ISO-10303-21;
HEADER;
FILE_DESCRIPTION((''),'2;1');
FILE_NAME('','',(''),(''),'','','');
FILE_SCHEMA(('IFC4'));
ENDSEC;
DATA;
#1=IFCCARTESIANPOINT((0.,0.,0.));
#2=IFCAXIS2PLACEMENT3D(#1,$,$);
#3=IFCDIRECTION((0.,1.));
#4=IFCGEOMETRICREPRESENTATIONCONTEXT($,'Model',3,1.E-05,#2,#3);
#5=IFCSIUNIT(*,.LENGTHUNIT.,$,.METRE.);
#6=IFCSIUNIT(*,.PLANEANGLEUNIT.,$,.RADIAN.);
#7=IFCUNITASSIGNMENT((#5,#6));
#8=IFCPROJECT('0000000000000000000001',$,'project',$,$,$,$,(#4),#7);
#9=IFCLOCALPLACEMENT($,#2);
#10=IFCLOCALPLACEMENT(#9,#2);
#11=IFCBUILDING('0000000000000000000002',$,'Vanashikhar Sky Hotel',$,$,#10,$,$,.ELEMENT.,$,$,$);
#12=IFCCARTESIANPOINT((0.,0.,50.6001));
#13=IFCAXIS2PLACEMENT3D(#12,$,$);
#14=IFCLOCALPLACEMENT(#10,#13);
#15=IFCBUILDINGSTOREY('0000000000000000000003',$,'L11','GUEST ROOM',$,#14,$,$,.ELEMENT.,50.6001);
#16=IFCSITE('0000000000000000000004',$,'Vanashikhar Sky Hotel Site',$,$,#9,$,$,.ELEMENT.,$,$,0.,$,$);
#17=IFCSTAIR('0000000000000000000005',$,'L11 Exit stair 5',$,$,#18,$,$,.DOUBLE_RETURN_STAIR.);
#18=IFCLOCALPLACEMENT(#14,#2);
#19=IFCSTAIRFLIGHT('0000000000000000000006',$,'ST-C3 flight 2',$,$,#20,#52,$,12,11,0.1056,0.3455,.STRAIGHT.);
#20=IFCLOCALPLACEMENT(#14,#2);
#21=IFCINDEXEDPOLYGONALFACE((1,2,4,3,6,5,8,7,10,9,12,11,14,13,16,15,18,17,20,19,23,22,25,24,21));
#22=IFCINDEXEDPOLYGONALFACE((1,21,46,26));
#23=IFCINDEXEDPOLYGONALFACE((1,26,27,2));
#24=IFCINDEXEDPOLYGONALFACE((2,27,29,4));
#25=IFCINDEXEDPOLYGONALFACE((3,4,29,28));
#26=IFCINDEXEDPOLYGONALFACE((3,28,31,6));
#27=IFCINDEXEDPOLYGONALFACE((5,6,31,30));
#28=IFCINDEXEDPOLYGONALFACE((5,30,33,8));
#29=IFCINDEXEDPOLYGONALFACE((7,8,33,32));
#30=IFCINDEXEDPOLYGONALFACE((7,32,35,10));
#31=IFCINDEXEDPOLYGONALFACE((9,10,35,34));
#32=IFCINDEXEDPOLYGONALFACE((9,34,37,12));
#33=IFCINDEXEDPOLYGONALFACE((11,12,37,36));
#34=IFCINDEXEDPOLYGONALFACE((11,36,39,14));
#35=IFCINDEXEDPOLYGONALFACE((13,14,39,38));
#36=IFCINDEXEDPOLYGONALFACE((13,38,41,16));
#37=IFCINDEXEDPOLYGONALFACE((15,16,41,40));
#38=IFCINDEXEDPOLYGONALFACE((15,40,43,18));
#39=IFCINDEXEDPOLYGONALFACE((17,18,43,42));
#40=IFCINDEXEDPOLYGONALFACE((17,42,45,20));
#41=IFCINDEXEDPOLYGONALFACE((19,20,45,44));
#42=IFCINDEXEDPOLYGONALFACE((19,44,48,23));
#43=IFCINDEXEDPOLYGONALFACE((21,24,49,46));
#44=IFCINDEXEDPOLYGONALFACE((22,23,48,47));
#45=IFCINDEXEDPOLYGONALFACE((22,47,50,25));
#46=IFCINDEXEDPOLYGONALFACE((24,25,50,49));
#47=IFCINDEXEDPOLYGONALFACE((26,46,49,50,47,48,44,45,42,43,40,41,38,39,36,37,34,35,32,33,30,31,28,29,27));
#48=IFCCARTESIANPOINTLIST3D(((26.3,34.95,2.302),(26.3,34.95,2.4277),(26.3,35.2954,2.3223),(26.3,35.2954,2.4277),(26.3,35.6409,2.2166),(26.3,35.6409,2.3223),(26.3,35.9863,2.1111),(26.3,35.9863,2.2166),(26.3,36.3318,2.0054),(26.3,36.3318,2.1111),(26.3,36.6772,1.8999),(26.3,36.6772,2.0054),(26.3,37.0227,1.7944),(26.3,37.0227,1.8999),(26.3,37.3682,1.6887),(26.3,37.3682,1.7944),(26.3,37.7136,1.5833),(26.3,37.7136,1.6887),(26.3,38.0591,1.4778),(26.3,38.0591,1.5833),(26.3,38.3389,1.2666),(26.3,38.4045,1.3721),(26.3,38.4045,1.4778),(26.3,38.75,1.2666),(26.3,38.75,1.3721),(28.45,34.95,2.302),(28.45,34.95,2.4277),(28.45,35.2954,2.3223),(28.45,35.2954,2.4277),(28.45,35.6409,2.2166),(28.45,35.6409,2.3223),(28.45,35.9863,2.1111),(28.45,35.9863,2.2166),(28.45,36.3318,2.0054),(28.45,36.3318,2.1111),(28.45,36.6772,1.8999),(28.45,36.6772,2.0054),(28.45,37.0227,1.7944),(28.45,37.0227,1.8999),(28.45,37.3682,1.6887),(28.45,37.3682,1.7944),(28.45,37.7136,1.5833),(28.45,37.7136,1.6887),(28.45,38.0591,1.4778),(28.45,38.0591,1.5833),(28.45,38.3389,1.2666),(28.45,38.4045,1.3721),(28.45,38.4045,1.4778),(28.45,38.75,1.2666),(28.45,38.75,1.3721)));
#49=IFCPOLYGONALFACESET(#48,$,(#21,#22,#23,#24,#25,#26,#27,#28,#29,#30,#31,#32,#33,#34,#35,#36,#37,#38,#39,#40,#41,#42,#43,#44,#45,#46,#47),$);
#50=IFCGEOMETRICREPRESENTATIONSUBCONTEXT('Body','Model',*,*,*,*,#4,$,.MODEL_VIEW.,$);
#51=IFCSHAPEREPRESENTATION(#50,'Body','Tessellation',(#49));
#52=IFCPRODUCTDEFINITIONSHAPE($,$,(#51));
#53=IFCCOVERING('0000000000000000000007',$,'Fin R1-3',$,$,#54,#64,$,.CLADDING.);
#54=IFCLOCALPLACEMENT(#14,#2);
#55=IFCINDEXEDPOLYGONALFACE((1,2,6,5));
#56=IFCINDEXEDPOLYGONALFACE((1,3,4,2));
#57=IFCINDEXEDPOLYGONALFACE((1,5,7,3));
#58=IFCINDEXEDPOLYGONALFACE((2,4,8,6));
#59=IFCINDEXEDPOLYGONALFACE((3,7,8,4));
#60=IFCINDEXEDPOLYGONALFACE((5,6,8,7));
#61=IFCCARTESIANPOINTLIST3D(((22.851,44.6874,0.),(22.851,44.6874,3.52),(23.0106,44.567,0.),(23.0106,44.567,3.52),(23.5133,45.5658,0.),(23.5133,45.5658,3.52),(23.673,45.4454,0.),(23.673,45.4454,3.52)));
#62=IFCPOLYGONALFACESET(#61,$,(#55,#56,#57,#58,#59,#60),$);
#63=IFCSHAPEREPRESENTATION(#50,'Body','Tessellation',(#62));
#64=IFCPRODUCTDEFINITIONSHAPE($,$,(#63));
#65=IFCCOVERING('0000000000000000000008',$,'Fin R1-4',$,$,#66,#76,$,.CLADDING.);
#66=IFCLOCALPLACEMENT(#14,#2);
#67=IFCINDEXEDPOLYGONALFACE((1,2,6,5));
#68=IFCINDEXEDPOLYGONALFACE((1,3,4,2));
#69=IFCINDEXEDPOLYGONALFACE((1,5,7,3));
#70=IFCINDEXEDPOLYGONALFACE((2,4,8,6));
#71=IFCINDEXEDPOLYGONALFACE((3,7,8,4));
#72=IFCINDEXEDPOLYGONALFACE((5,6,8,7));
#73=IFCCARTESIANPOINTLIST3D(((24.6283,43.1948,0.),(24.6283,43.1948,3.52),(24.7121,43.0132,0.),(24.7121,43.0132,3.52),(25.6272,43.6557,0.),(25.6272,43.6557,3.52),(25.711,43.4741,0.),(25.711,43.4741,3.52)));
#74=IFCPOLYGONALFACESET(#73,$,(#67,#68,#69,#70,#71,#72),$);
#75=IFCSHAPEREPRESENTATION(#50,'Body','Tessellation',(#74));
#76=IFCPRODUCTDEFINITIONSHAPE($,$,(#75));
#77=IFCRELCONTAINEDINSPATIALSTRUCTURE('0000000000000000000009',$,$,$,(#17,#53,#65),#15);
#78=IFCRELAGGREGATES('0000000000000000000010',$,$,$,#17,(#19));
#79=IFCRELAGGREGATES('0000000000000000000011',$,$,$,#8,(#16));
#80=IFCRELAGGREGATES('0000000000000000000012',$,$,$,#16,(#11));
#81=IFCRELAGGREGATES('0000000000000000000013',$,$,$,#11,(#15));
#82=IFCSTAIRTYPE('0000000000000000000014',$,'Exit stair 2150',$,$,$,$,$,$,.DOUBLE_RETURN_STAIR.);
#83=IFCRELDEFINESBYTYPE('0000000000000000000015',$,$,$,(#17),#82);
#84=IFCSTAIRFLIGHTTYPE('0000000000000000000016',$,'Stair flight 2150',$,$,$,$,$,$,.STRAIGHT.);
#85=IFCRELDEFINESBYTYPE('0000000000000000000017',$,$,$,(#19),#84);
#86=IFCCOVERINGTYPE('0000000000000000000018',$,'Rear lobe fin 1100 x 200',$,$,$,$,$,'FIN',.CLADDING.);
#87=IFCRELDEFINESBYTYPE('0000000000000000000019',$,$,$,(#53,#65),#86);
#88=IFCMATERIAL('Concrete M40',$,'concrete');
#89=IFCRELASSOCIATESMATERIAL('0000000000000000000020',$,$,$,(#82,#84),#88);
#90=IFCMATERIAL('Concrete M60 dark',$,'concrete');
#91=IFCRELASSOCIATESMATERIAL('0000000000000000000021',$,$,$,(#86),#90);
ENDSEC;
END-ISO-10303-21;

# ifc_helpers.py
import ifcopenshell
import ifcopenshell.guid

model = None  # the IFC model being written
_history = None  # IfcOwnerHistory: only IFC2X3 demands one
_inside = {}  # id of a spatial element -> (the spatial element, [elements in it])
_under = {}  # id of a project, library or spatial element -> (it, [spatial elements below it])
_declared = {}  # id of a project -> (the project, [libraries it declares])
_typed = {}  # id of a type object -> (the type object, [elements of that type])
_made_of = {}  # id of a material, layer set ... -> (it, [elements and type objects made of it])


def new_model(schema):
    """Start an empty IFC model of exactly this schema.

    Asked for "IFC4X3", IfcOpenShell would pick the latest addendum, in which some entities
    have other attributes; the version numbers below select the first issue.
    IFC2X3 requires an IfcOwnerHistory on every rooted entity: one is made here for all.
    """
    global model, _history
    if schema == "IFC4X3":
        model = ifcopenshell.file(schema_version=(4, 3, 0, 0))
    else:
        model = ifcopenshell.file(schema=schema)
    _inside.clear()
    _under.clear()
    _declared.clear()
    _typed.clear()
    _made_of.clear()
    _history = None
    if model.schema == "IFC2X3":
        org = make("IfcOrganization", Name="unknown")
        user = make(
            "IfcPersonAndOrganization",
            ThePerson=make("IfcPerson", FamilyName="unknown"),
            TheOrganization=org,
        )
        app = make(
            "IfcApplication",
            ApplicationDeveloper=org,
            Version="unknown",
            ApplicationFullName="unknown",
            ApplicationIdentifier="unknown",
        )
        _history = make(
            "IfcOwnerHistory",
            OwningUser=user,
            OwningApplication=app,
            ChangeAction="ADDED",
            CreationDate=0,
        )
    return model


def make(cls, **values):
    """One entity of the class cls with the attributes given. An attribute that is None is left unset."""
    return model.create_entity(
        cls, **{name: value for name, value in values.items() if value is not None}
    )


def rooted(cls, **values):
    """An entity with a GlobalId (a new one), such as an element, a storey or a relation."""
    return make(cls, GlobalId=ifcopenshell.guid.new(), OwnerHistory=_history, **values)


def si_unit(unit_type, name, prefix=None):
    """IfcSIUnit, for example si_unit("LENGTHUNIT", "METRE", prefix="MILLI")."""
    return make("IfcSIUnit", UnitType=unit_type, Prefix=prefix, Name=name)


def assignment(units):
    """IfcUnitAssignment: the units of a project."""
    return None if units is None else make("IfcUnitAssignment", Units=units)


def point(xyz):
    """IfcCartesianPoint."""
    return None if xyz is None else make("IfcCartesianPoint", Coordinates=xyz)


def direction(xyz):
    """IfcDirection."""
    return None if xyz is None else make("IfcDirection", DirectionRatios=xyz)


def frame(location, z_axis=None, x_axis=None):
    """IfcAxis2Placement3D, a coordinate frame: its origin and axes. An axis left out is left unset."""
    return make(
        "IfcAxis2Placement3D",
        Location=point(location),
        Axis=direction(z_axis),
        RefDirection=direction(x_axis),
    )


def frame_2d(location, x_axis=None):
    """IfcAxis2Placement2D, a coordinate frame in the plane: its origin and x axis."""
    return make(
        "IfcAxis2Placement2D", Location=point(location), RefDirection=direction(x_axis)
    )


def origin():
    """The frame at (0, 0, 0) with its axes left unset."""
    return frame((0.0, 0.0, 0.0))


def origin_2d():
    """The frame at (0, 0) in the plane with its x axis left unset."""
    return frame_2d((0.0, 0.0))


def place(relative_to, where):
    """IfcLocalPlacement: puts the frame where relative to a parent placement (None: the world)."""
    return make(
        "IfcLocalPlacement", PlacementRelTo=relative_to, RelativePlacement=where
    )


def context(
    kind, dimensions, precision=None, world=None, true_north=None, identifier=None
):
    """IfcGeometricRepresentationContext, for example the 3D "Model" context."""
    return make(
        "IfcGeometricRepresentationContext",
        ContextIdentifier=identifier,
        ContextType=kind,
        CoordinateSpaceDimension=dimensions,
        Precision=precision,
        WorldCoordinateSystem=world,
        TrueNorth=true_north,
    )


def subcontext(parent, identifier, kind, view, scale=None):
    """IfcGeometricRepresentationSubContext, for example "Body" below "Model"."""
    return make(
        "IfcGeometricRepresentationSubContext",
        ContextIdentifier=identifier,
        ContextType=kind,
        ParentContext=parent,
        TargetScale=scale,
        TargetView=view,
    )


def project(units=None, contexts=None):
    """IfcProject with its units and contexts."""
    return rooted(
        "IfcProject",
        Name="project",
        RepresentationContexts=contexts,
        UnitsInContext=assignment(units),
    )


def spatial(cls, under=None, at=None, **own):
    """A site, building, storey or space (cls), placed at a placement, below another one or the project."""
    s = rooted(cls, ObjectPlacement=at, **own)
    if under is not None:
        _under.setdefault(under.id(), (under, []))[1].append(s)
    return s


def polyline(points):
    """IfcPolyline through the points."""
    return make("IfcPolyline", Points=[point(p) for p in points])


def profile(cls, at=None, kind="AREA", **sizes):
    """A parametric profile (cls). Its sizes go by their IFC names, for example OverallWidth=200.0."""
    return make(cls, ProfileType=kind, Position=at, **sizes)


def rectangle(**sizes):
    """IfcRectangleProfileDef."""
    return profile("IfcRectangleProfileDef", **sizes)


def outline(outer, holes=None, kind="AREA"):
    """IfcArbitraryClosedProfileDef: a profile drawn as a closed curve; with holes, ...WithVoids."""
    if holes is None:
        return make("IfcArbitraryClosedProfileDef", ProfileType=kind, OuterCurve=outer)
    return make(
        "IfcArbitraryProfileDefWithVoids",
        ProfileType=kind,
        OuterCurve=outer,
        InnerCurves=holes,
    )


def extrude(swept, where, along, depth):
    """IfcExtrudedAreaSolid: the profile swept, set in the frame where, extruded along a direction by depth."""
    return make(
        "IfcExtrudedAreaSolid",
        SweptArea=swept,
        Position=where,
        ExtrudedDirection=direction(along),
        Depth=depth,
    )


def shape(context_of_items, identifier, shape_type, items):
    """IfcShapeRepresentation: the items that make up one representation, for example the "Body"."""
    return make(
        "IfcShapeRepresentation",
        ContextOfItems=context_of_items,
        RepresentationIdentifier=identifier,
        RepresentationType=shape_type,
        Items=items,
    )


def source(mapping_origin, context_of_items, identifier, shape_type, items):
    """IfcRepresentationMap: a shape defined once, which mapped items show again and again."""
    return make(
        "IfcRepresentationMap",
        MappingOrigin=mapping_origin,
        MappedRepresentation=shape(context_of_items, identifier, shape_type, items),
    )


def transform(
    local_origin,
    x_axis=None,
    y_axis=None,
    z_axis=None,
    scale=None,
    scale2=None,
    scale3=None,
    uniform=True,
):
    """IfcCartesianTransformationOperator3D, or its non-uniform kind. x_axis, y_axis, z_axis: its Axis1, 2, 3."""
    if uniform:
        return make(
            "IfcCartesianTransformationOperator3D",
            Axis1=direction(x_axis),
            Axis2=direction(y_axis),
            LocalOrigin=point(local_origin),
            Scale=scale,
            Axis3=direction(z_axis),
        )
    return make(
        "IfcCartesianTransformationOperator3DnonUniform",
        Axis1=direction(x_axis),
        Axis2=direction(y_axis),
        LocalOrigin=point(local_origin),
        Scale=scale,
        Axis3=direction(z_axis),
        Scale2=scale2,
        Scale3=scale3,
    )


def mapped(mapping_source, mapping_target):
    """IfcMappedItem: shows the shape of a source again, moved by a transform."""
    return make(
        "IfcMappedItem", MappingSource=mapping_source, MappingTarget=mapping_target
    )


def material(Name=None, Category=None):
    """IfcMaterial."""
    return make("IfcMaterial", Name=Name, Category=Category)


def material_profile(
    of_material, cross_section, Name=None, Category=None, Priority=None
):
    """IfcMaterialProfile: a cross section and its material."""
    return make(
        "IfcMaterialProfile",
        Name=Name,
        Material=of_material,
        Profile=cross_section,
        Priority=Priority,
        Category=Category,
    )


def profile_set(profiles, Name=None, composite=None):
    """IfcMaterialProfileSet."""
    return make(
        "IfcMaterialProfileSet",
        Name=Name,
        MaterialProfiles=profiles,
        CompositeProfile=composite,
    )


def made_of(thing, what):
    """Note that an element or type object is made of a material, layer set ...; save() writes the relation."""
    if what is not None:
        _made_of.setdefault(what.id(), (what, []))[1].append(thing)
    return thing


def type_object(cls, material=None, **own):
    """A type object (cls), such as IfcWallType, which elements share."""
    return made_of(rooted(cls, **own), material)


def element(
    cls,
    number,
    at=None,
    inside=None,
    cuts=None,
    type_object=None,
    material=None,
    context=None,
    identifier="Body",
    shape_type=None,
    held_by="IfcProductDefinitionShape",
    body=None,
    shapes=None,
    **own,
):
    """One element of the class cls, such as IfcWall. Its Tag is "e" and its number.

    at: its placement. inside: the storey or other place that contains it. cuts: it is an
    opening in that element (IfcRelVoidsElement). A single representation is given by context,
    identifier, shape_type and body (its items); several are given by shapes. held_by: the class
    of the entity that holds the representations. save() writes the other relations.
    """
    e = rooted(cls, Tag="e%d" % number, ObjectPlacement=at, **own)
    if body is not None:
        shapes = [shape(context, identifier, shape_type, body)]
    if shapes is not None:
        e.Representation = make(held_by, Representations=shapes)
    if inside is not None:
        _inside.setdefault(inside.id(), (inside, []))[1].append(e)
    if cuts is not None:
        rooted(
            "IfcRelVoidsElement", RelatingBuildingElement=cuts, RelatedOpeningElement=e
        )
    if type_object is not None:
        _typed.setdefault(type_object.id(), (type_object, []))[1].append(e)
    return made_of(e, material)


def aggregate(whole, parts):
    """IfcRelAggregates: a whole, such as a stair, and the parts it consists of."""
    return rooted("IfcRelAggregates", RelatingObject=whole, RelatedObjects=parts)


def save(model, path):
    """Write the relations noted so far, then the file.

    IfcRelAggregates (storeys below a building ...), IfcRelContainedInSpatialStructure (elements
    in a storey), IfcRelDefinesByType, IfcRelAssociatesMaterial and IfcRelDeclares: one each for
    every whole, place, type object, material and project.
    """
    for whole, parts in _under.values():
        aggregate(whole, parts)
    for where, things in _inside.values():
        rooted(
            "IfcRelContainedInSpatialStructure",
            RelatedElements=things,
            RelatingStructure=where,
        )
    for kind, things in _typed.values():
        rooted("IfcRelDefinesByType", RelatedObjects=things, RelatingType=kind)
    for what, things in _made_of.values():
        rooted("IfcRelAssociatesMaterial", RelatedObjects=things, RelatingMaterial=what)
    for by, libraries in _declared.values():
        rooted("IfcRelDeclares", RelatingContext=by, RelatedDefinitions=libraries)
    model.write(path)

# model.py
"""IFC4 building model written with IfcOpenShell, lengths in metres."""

from ifc_helpers import new_model, si_unit, direction, frame, origin, origin_2d, place, context, subcontext, project, spatial, polyline, rectangle, outline, extrude, source, transform, mapped, material, material_profile, profile_set, type_object, element, aggregate, save


model = new_model("IFC4")

# Units and contexts
model_context = context("Model", 3, precision=1e-05, world=origin(), true_north=direction((0.0, 1.0)))
body_context = subcontext(model_context, "Body", "Model", "MODEL_VIEW")
ifc_project = project(units=[si_unit("LENGTHUNIT", "METRE"), si_unit("PLANEANGLEUNIT", "RADIAN")], contexts=[model_context])

# Site, building, storey
site_placement = place(None, origin())
site = spatial("IfcSite", under=ifc_project, at=site_placement, Name="Vanashikhar Sky Hotel Site", CompositionType="ELEMENT", RefElevation=0.0)
building_placement = place(site_placement, origin())
building = spatial("IfcBuilding", under=site, at=building_placement, Name="Vanashikhar Sky Hotel", CompositionType="ELEMENT")
storey_placement = place(building_placement, frame((0.0, 0.0, 50.6001)))
storey = spatial("IfcBuildingStorey", under=building, at=storey_placement, Name="L11", Description="GUEST ROOM", CompositionType="ELEMENT", Elevation=50.6001)

# Stair, stair flight
ifc_material_1 = material(Name="Concrete M40", Category="concrete")
stair_type = type_object("IfcStairType", Name="Exit stair 2150", PredefinedType="DOUBLE_RETURN_STAIR", material=ifc_material_1)
stair_placement = place(storey_placement, origin())
stair = element("IfcStair", 1, at=stair_placement, inside=storey, type_object=stair_type, Name="L11 Exit stair 5", PredefinedType="DOUBLE_RETURN_STAIR")
stair_flight_type = type_object("IfcStairFlightType", Name="Stair flight 2150", PredefinedType="STRAIGHT", material=ifc_material_1)
shared_shape_1 = source(origin(), body_context, "Body", "SweptSolid", [
    extrude(outline(polyline([(0.0, 0.0), (0.0, 0.1055), (0.3455, 0.1055), (0.3455, 0.2112), (0.6909, 0.2112), (0.6909, 0.3167), (1.0364, 0.3167), (1.0364, 0.4221), (1.3818, 0.4221), (1.3818, 0.5278), (1.7273, 0.5278), (1.7273, 0.6333), (2.0728, 0.6333), (2.0728, 0.7388), (2.4182, 0.7388), (2.4182, 0.8445), (2.7637, 0.8445), (2.7637, 0.95), (3.1091, 0.95), (3.1091, 1.0557), (3.4546, 1.0557), (3.4546, 1.1611), (3.8, 1.1611), (3.8, 1.2666), (3.8, 1.0354), (0.4111, 0.0), (0.0, 0.0)])), frame((0.0, 1.075, 0.0), z_axis=(0.0, -1.0, 0.0), x_axis=(1.0, 0.0, 0.0)), (0.0, 0.0, 1.0), 2.1499),
])
stair_flight_placement = place(storey_placement, frame((27.375, 38.75, 1.2666), z_axis=(0.0, 0.0, 1.0), x_axis=(0.0, -1.0, 0.0)))
stair_flight = element("IfcStairFlight", 2, at=stair_flight_placement, type_object=stair_flight_type, Name="ST-C3 flight 2", NumberOfRisers=12, NumberOfTreads=11, PredefinedType="STRAIGHT", RiserHeight=0.1056, TreadLength=0.3455, context=body_context, shape_type="MappedRepresentation", body=[
    mapped(shared_shape_1, transform((0.0, 0.0, 0.0), scale=1.0)),
])
aggregate(stair, [stair_flight])

# Coverings
ifc_material_2 = material(Name="Concrete M60 dark", Category="concrete")
ifc_material_profile = material_profile(ifc_material_2, rectangle(XDim=1.1001, YDim=0.2, at=origin_2d()))
ifc_profile_set = profile_set([ifc_material_profile], Name="Rear lobe fin 1100 x 200")
covering_type = type_object("IfcCoveringType", Name="Rear lobe fin 1100 x 200", ElementType="FIN", PredefinedType="CLADDING", material=ifc_profile_set)
shared_shape_2 = source(origin(), body_context, "Body", "SweptSolid", [
    extrude(rectangle(XDim=1.1001, YDim=0.2, at=origin_2d()), origin(), (0.0, 0.0, 1.0), 3.52),
])
for number, where, z_axis, x_axis, name in (
    (3, (23.262, 45.0664, 0.0), (0.0, 0.0, 1.0), (0.602066, 0.798446, 0.0), "Fin R1-3"),
    (4, (25.1697, 43.3345, 0.0), (0.0, 0.0, 1.0), (0.908004, 0.418961, 0.0), "Fin R1-4"),
):
    element("IfcCovering", number, at=place(storey_placement, frame(where, z_axis=z_axis, x_axis=x_axis)), inside=storey, type_object=covering_type, Name=name, PredefinedType="CLADDING", context=body_context, shape_type="MappedRepresentation", body=[
        mapped(shared_shape_2, transform((0.0, 0.0, 0.0), scale=1.0)),
    ])

save(model, "model.ifc")
